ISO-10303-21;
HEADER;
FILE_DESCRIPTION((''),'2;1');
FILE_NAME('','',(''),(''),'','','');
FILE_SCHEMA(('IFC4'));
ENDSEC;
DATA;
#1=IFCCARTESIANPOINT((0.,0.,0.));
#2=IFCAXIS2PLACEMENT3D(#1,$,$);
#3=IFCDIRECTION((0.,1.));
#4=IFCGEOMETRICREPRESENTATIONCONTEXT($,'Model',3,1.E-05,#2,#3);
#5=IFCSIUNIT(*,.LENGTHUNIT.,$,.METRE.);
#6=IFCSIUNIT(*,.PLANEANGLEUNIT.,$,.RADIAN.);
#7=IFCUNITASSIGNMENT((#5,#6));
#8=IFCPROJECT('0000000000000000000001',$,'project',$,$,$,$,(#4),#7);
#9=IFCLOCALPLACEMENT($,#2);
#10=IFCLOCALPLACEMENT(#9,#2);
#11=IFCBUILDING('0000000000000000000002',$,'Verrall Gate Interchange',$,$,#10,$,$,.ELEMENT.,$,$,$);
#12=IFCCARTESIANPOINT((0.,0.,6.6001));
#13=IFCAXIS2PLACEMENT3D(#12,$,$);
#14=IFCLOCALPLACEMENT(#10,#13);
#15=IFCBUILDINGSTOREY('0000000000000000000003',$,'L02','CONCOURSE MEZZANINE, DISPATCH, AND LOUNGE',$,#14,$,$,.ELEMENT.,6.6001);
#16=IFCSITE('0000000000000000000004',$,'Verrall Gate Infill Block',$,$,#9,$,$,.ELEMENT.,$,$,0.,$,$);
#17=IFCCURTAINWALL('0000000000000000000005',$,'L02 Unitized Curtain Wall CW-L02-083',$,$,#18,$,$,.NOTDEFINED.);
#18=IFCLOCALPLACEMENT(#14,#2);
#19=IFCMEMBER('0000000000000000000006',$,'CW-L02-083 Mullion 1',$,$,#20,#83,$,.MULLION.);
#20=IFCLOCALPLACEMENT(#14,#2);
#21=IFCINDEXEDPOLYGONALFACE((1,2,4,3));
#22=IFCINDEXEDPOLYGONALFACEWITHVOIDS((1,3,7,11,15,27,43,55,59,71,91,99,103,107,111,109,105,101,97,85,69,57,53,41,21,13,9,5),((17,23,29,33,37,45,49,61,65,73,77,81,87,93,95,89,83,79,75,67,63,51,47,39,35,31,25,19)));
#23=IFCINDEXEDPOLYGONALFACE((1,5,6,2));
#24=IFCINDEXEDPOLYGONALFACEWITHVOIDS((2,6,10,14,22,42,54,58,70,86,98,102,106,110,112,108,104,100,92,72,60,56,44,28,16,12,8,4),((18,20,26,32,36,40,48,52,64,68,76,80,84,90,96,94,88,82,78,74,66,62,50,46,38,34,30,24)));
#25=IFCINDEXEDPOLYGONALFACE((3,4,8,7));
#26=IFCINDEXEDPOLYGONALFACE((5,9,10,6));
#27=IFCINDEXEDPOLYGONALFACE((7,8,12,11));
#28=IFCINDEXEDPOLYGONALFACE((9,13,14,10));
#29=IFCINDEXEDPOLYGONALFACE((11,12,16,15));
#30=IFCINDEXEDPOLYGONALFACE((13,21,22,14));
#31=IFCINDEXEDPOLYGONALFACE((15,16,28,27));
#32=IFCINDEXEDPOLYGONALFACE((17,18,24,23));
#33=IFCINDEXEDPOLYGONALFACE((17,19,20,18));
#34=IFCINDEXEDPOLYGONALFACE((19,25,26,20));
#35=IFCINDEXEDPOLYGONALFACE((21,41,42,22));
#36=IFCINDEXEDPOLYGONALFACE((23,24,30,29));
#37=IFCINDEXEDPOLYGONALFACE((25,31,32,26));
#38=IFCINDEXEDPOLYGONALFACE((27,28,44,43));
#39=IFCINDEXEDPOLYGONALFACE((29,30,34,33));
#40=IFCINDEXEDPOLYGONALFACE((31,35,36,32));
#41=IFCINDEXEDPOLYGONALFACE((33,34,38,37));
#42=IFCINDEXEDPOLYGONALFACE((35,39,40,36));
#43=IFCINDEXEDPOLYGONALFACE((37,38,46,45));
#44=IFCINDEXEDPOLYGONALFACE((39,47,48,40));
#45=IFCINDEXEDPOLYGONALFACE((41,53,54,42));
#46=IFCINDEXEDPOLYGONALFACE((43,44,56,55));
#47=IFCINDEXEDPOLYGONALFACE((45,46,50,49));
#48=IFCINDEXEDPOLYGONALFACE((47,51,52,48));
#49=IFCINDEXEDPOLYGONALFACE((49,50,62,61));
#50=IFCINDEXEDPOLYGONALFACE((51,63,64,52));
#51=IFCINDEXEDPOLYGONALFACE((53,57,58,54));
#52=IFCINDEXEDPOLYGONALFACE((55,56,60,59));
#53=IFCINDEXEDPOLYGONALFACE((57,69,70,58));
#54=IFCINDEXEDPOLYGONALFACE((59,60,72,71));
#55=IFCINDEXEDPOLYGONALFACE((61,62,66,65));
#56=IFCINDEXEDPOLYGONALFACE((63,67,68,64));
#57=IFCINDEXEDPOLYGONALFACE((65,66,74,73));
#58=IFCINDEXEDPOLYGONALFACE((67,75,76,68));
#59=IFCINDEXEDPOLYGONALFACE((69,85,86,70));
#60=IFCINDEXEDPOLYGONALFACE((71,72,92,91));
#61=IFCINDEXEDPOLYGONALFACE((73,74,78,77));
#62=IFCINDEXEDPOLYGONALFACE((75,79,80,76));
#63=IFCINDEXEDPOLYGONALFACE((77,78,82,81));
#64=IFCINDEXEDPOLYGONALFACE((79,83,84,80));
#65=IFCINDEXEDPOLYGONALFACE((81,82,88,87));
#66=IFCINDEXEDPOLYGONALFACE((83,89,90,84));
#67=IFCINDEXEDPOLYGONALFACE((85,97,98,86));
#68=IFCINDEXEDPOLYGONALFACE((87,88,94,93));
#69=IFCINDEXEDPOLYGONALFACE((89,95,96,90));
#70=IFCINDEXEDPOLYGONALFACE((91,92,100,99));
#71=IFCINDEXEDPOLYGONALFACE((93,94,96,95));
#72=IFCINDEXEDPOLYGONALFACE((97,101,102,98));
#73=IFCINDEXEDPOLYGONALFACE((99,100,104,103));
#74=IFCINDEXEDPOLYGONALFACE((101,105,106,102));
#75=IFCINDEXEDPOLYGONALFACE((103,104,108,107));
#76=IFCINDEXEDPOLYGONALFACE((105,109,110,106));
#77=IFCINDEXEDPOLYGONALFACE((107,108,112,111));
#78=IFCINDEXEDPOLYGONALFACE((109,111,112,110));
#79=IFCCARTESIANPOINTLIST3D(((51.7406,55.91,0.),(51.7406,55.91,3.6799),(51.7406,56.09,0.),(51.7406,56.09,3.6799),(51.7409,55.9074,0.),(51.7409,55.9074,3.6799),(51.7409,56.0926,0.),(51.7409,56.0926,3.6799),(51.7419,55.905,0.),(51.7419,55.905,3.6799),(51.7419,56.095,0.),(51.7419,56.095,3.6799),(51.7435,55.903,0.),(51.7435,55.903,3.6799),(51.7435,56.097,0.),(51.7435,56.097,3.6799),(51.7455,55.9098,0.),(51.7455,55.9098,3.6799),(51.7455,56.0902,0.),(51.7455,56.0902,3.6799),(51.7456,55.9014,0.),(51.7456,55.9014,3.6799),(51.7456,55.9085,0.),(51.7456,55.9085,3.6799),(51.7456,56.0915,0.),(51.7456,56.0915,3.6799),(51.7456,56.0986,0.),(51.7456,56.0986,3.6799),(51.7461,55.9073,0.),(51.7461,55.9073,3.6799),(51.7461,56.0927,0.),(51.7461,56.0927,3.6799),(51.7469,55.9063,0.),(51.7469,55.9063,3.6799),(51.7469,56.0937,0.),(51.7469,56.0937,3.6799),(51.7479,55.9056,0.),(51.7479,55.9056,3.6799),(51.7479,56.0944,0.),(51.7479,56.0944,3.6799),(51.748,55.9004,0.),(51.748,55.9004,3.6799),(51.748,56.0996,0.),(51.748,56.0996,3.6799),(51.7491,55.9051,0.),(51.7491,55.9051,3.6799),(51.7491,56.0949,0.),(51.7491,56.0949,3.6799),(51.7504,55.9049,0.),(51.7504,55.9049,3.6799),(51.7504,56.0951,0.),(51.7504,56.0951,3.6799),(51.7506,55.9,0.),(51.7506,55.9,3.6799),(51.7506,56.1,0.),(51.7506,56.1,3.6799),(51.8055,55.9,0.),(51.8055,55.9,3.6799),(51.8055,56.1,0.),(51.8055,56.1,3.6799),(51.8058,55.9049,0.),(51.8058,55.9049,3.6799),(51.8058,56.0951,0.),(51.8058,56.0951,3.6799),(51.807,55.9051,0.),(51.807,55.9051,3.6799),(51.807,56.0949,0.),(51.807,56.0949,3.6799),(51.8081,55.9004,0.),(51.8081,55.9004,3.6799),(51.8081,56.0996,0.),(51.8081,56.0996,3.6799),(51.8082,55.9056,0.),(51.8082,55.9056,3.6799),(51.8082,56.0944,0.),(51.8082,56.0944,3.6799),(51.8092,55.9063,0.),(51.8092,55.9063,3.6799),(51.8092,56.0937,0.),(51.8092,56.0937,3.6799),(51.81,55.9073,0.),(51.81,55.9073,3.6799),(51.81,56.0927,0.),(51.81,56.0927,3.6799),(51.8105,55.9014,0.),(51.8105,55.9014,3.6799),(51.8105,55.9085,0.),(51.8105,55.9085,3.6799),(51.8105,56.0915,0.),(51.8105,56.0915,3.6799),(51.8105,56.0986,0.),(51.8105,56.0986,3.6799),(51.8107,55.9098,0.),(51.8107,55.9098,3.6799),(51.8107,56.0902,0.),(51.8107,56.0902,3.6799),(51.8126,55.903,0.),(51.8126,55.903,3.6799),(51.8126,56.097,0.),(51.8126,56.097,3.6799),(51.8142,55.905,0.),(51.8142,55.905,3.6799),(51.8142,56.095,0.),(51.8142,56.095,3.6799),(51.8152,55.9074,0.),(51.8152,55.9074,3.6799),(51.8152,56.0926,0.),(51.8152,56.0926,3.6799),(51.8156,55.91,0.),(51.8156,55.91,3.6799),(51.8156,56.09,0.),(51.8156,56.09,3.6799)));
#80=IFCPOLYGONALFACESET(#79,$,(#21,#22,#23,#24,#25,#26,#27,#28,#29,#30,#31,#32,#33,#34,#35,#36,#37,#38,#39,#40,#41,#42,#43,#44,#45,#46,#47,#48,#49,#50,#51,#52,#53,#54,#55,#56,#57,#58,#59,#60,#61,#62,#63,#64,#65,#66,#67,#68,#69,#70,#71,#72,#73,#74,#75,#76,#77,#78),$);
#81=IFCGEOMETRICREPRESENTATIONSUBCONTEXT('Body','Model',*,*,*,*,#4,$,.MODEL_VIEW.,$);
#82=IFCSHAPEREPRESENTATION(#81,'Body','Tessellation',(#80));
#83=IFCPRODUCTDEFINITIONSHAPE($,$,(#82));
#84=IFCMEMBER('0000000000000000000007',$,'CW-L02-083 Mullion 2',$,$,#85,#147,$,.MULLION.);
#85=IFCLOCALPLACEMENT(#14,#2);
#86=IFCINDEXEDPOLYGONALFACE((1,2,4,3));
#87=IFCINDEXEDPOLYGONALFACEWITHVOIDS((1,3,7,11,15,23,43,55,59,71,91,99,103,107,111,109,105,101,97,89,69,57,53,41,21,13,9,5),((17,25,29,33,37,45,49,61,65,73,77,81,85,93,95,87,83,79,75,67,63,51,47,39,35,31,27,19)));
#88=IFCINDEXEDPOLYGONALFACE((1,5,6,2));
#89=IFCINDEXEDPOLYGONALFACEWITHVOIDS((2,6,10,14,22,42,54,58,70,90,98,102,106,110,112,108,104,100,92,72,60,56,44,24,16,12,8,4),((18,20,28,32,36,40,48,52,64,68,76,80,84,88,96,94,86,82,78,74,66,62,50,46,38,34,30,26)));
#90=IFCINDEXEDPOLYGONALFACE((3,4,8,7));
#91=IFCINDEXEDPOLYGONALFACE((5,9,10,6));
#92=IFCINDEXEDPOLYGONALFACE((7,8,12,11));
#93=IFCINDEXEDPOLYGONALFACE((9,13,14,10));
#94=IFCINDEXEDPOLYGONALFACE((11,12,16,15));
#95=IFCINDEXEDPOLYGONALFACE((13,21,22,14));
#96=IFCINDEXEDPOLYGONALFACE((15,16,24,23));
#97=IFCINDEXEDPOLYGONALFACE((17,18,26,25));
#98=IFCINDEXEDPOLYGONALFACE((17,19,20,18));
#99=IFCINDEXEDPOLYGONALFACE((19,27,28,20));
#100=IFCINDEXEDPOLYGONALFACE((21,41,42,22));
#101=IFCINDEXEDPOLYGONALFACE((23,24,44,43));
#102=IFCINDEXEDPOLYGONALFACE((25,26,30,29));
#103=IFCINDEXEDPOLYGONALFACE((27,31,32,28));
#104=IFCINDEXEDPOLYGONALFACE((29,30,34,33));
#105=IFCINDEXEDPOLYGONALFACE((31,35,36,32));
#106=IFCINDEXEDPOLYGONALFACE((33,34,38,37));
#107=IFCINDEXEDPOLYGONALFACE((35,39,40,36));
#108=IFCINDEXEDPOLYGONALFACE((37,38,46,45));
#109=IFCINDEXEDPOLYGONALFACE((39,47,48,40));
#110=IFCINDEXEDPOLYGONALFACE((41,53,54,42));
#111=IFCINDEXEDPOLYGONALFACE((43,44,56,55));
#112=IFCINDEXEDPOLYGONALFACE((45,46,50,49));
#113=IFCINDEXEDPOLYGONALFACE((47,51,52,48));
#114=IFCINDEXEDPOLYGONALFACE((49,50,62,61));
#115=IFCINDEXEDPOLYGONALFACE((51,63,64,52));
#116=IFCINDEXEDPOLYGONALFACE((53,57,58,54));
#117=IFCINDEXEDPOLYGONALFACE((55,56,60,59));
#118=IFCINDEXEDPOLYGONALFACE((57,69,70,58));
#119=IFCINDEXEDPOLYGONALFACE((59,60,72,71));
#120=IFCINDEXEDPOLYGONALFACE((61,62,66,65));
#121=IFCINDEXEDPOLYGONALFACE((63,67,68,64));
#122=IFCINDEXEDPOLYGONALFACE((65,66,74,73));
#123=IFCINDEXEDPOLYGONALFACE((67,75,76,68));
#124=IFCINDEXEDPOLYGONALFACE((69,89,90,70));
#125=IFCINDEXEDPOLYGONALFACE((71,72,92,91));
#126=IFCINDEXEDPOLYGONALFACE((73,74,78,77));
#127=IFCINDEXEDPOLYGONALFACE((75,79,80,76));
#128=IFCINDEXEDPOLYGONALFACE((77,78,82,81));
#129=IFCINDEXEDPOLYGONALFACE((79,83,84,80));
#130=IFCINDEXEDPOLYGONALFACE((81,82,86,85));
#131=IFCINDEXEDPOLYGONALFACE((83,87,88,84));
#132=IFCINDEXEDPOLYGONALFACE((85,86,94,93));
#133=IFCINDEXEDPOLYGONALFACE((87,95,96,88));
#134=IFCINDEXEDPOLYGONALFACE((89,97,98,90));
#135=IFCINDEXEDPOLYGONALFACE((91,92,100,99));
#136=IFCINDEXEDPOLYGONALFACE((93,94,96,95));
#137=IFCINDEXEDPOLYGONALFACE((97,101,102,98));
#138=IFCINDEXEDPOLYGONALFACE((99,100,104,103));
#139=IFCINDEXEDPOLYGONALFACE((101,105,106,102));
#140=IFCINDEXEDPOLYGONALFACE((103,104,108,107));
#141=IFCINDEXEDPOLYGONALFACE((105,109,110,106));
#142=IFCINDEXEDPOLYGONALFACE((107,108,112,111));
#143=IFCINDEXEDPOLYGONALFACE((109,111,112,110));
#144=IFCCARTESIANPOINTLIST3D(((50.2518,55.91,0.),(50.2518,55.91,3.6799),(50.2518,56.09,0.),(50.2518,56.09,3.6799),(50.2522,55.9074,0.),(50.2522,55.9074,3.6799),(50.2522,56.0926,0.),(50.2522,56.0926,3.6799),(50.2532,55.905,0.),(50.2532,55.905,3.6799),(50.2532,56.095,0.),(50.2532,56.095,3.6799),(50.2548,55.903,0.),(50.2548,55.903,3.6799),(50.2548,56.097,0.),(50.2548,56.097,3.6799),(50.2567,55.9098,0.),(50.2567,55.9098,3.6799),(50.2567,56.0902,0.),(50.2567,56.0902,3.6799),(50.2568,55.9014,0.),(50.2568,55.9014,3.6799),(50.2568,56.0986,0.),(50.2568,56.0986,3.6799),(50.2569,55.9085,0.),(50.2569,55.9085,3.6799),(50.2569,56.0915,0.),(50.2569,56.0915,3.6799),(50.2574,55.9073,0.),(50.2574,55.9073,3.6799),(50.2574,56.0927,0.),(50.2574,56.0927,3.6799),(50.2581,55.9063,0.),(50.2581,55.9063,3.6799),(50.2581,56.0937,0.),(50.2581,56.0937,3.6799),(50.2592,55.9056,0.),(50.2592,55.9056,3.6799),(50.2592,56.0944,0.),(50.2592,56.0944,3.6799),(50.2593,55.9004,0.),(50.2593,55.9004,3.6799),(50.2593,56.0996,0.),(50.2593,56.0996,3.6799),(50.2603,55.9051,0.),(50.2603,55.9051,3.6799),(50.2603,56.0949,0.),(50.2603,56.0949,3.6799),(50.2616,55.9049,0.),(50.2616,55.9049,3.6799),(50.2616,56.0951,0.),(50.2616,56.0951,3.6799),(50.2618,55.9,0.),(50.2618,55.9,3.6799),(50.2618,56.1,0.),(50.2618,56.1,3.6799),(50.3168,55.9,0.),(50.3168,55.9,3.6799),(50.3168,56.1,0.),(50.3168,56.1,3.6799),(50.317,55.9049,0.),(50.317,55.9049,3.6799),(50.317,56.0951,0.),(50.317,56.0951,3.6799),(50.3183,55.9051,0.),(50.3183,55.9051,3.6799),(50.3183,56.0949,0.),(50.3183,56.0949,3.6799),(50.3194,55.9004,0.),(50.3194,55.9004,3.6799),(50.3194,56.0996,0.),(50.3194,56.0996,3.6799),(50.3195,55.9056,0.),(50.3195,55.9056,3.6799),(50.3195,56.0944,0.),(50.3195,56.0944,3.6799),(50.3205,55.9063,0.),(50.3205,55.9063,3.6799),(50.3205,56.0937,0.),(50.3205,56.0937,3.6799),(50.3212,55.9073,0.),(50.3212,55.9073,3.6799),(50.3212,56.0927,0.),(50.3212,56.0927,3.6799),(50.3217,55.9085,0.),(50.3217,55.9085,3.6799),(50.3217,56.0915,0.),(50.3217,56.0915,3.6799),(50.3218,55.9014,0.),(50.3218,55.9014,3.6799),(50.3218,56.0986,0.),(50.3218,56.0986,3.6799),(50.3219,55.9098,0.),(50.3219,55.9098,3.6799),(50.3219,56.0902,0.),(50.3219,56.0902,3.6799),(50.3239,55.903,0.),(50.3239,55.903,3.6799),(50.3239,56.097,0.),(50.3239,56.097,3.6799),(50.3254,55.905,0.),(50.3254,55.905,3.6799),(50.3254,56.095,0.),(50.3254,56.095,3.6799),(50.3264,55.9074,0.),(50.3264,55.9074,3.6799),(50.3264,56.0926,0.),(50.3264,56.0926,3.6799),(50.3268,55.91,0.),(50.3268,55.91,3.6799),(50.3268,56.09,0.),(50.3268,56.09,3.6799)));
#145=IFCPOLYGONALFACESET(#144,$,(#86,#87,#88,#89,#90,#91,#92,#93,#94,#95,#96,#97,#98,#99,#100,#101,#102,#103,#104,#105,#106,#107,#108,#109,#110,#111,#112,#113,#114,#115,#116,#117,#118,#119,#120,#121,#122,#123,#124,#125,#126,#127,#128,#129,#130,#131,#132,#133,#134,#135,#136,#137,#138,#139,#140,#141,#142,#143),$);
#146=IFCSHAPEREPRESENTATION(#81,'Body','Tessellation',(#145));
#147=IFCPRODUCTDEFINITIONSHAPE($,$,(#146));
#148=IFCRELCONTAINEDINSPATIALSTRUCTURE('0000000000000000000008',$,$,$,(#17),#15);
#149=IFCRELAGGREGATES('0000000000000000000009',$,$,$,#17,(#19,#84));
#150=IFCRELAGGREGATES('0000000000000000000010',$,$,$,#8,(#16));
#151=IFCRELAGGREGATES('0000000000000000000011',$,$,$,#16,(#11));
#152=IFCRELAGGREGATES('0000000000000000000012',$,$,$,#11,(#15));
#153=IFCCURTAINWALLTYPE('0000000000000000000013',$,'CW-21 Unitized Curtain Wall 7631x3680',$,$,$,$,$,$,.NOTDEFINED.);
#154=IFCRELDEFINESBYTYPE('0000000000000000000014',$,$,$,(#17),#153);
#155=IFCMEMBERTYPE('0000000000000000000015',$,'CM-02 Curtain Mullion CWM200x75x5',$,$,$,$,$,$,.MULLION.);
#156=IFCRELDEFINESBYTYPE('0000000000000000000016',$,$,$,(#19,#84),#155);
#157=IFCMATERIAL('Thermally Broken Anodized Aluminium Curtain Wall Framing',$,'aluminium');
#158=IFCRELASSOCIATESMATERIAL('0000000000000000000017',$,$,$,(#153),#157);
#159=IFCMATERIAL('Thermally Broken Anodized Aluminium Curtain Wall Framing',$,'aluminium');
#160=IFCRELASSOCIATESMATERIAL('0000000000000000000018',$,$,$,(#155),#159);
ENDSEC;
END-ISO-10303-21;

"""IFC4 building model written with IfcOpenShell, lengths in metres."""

from ifc_helpers import new_model, si_unit, direction, frame, origin, origin_2d, place, context, subcontext, project, spatial, hollow_rectangle, extrude, material, material_profile, profile_set, type_object, element, aggregate, save


model = new_model("IFC4")

# Units and contexts
model_context = context("Model", 3, precision=1e-05, world=origin(), true_north=direction((0.0, 1.0)))
body_context = subcontext(model_context, "Body", "Model", "MODEL_VIEW")
ifc_project = project(units=[si_unit("LENGTHUNIT", "METRE"), si_unit("PLANEANGLEUNIT", "RADIAN")], contexts=[model_context])

# Site, building, storey
site_placement = place(None, origin())
site = spatial("IfcSite", under=ifc_project, at=site_placement, Name="Verrall Gate Infill Block", CompositionType="ELEMENT", RefElevation=0.0)
building_placement = place(site_placement, origin())
building = spatial("IfcBuilding", under=site, at=building_placement, Name="Verrall Gate Interchange", CompositionType="ELEMENT")
storey_placement = place(building_placement, frame((0.0, 0.0, 6.6001)))
storey = spatial("IfcBuildingStorey", under=building, at=storey_placement, Name="L02", Description="CONCOURSE MEZZANINE, DISPATCH, AND LOUNGE", CompositionType="ELEMENT", Elevation=6.6001)

# Curtain wall, members
ifc_material_1 = material(Name="Thermally Broken Anodized Aluminium Curtain Wall Framing", Category="aluminium")
curtain_wall_type = type_object("IfcCurtainWallType", Name="CW-21 Unitized Curtain Wall 7631x3680", PredefinedType="NOTDEFINED", material=ifc_material_1)
curtain_wall_1_placement = place(storey_placement, origin())
curtain_wall_1 = element("IfcCurtainWall", 1, at=curtain_wall_1_placement, inside=storey, type_object=curtain_wall_type, Name="L02 Unitized Curtain Wall CW-L02-083", PredefinedType="NOTDEFINED")
ifc_material_2 = material(Name="Thermally Broken Anodized Aluminium Curtain Wall Framing", Category="aluminium")
ifc_material_profile_1 = material_profile(ifc_material_2, hollow_rectangle(XDim=0.075, YDim=0.2, WallThickness=0.0049, InnerFilletRadius=0.0049, OuterFilletRadius=0.01, at=origin_2d()), Name="CWM200x75x5")
ifc_profile_set_1 = profile_set([ifc_material_profile_1], Name="Thermally Broken Anodized Aluminium Curtain Wall Framing")
member_type_1 = type_object("IfcMemberType", Name="CM-02 Curtain Mullion CWM200x75x5", PredefinedType="MULLION", material=ifc_profile_set_1)
member_1_placement = place(storey_placement, frame((51.7781, 56.0, 0.0), z_axis=(0.0, 0.0, 1.0), x_axis=(-1.0, 0.0, 0.0)))
member_1 = element("IfcMember", 2, at=member_1_placement, type_object=member_type_1, Name="CW-L02-083 Mullion 1", PredefinedType="MULLION", context=body_context, shape_type="SweptSolid", body=[
    extrude(hollow_rectangle(XDim=0.075, YDim=0.2, WallThickness=0.0049, InnerFilletRadius=0.0049, OuterFilletRadius=0.01, at=origin_2d()), origin(), (0.0, 0.0, 1.0), 3.6799),
])
member_2_placement = place(storey_placement, frame((50.2893, 56.0, 0.0), z_axis=(0.0, 0.0, 1.0), x_axis=(-1.0, 0.0, 0.0)))
member_2 = element("IfcMember", 3, at=member_2_placement, type_object=member_type_1, Name="CW-L02-083 Mullion 2", PredefinedType="MULLION", context=body_context, shape_type="SweptSolid", body=[
    extrude(hollow_rectangle(XDim=0.075, YDim=0.2, WallThickness=0.0049, InnerFilletRadius=0.0049, OuterFilletRadius=0.01, at=origin_2d()), origin(), (0.0, 0.0, 1.0), 3.6799),
])

aggregate(curtain_wall_1, [member_1, member_2])

save(model, "model.ifc")
